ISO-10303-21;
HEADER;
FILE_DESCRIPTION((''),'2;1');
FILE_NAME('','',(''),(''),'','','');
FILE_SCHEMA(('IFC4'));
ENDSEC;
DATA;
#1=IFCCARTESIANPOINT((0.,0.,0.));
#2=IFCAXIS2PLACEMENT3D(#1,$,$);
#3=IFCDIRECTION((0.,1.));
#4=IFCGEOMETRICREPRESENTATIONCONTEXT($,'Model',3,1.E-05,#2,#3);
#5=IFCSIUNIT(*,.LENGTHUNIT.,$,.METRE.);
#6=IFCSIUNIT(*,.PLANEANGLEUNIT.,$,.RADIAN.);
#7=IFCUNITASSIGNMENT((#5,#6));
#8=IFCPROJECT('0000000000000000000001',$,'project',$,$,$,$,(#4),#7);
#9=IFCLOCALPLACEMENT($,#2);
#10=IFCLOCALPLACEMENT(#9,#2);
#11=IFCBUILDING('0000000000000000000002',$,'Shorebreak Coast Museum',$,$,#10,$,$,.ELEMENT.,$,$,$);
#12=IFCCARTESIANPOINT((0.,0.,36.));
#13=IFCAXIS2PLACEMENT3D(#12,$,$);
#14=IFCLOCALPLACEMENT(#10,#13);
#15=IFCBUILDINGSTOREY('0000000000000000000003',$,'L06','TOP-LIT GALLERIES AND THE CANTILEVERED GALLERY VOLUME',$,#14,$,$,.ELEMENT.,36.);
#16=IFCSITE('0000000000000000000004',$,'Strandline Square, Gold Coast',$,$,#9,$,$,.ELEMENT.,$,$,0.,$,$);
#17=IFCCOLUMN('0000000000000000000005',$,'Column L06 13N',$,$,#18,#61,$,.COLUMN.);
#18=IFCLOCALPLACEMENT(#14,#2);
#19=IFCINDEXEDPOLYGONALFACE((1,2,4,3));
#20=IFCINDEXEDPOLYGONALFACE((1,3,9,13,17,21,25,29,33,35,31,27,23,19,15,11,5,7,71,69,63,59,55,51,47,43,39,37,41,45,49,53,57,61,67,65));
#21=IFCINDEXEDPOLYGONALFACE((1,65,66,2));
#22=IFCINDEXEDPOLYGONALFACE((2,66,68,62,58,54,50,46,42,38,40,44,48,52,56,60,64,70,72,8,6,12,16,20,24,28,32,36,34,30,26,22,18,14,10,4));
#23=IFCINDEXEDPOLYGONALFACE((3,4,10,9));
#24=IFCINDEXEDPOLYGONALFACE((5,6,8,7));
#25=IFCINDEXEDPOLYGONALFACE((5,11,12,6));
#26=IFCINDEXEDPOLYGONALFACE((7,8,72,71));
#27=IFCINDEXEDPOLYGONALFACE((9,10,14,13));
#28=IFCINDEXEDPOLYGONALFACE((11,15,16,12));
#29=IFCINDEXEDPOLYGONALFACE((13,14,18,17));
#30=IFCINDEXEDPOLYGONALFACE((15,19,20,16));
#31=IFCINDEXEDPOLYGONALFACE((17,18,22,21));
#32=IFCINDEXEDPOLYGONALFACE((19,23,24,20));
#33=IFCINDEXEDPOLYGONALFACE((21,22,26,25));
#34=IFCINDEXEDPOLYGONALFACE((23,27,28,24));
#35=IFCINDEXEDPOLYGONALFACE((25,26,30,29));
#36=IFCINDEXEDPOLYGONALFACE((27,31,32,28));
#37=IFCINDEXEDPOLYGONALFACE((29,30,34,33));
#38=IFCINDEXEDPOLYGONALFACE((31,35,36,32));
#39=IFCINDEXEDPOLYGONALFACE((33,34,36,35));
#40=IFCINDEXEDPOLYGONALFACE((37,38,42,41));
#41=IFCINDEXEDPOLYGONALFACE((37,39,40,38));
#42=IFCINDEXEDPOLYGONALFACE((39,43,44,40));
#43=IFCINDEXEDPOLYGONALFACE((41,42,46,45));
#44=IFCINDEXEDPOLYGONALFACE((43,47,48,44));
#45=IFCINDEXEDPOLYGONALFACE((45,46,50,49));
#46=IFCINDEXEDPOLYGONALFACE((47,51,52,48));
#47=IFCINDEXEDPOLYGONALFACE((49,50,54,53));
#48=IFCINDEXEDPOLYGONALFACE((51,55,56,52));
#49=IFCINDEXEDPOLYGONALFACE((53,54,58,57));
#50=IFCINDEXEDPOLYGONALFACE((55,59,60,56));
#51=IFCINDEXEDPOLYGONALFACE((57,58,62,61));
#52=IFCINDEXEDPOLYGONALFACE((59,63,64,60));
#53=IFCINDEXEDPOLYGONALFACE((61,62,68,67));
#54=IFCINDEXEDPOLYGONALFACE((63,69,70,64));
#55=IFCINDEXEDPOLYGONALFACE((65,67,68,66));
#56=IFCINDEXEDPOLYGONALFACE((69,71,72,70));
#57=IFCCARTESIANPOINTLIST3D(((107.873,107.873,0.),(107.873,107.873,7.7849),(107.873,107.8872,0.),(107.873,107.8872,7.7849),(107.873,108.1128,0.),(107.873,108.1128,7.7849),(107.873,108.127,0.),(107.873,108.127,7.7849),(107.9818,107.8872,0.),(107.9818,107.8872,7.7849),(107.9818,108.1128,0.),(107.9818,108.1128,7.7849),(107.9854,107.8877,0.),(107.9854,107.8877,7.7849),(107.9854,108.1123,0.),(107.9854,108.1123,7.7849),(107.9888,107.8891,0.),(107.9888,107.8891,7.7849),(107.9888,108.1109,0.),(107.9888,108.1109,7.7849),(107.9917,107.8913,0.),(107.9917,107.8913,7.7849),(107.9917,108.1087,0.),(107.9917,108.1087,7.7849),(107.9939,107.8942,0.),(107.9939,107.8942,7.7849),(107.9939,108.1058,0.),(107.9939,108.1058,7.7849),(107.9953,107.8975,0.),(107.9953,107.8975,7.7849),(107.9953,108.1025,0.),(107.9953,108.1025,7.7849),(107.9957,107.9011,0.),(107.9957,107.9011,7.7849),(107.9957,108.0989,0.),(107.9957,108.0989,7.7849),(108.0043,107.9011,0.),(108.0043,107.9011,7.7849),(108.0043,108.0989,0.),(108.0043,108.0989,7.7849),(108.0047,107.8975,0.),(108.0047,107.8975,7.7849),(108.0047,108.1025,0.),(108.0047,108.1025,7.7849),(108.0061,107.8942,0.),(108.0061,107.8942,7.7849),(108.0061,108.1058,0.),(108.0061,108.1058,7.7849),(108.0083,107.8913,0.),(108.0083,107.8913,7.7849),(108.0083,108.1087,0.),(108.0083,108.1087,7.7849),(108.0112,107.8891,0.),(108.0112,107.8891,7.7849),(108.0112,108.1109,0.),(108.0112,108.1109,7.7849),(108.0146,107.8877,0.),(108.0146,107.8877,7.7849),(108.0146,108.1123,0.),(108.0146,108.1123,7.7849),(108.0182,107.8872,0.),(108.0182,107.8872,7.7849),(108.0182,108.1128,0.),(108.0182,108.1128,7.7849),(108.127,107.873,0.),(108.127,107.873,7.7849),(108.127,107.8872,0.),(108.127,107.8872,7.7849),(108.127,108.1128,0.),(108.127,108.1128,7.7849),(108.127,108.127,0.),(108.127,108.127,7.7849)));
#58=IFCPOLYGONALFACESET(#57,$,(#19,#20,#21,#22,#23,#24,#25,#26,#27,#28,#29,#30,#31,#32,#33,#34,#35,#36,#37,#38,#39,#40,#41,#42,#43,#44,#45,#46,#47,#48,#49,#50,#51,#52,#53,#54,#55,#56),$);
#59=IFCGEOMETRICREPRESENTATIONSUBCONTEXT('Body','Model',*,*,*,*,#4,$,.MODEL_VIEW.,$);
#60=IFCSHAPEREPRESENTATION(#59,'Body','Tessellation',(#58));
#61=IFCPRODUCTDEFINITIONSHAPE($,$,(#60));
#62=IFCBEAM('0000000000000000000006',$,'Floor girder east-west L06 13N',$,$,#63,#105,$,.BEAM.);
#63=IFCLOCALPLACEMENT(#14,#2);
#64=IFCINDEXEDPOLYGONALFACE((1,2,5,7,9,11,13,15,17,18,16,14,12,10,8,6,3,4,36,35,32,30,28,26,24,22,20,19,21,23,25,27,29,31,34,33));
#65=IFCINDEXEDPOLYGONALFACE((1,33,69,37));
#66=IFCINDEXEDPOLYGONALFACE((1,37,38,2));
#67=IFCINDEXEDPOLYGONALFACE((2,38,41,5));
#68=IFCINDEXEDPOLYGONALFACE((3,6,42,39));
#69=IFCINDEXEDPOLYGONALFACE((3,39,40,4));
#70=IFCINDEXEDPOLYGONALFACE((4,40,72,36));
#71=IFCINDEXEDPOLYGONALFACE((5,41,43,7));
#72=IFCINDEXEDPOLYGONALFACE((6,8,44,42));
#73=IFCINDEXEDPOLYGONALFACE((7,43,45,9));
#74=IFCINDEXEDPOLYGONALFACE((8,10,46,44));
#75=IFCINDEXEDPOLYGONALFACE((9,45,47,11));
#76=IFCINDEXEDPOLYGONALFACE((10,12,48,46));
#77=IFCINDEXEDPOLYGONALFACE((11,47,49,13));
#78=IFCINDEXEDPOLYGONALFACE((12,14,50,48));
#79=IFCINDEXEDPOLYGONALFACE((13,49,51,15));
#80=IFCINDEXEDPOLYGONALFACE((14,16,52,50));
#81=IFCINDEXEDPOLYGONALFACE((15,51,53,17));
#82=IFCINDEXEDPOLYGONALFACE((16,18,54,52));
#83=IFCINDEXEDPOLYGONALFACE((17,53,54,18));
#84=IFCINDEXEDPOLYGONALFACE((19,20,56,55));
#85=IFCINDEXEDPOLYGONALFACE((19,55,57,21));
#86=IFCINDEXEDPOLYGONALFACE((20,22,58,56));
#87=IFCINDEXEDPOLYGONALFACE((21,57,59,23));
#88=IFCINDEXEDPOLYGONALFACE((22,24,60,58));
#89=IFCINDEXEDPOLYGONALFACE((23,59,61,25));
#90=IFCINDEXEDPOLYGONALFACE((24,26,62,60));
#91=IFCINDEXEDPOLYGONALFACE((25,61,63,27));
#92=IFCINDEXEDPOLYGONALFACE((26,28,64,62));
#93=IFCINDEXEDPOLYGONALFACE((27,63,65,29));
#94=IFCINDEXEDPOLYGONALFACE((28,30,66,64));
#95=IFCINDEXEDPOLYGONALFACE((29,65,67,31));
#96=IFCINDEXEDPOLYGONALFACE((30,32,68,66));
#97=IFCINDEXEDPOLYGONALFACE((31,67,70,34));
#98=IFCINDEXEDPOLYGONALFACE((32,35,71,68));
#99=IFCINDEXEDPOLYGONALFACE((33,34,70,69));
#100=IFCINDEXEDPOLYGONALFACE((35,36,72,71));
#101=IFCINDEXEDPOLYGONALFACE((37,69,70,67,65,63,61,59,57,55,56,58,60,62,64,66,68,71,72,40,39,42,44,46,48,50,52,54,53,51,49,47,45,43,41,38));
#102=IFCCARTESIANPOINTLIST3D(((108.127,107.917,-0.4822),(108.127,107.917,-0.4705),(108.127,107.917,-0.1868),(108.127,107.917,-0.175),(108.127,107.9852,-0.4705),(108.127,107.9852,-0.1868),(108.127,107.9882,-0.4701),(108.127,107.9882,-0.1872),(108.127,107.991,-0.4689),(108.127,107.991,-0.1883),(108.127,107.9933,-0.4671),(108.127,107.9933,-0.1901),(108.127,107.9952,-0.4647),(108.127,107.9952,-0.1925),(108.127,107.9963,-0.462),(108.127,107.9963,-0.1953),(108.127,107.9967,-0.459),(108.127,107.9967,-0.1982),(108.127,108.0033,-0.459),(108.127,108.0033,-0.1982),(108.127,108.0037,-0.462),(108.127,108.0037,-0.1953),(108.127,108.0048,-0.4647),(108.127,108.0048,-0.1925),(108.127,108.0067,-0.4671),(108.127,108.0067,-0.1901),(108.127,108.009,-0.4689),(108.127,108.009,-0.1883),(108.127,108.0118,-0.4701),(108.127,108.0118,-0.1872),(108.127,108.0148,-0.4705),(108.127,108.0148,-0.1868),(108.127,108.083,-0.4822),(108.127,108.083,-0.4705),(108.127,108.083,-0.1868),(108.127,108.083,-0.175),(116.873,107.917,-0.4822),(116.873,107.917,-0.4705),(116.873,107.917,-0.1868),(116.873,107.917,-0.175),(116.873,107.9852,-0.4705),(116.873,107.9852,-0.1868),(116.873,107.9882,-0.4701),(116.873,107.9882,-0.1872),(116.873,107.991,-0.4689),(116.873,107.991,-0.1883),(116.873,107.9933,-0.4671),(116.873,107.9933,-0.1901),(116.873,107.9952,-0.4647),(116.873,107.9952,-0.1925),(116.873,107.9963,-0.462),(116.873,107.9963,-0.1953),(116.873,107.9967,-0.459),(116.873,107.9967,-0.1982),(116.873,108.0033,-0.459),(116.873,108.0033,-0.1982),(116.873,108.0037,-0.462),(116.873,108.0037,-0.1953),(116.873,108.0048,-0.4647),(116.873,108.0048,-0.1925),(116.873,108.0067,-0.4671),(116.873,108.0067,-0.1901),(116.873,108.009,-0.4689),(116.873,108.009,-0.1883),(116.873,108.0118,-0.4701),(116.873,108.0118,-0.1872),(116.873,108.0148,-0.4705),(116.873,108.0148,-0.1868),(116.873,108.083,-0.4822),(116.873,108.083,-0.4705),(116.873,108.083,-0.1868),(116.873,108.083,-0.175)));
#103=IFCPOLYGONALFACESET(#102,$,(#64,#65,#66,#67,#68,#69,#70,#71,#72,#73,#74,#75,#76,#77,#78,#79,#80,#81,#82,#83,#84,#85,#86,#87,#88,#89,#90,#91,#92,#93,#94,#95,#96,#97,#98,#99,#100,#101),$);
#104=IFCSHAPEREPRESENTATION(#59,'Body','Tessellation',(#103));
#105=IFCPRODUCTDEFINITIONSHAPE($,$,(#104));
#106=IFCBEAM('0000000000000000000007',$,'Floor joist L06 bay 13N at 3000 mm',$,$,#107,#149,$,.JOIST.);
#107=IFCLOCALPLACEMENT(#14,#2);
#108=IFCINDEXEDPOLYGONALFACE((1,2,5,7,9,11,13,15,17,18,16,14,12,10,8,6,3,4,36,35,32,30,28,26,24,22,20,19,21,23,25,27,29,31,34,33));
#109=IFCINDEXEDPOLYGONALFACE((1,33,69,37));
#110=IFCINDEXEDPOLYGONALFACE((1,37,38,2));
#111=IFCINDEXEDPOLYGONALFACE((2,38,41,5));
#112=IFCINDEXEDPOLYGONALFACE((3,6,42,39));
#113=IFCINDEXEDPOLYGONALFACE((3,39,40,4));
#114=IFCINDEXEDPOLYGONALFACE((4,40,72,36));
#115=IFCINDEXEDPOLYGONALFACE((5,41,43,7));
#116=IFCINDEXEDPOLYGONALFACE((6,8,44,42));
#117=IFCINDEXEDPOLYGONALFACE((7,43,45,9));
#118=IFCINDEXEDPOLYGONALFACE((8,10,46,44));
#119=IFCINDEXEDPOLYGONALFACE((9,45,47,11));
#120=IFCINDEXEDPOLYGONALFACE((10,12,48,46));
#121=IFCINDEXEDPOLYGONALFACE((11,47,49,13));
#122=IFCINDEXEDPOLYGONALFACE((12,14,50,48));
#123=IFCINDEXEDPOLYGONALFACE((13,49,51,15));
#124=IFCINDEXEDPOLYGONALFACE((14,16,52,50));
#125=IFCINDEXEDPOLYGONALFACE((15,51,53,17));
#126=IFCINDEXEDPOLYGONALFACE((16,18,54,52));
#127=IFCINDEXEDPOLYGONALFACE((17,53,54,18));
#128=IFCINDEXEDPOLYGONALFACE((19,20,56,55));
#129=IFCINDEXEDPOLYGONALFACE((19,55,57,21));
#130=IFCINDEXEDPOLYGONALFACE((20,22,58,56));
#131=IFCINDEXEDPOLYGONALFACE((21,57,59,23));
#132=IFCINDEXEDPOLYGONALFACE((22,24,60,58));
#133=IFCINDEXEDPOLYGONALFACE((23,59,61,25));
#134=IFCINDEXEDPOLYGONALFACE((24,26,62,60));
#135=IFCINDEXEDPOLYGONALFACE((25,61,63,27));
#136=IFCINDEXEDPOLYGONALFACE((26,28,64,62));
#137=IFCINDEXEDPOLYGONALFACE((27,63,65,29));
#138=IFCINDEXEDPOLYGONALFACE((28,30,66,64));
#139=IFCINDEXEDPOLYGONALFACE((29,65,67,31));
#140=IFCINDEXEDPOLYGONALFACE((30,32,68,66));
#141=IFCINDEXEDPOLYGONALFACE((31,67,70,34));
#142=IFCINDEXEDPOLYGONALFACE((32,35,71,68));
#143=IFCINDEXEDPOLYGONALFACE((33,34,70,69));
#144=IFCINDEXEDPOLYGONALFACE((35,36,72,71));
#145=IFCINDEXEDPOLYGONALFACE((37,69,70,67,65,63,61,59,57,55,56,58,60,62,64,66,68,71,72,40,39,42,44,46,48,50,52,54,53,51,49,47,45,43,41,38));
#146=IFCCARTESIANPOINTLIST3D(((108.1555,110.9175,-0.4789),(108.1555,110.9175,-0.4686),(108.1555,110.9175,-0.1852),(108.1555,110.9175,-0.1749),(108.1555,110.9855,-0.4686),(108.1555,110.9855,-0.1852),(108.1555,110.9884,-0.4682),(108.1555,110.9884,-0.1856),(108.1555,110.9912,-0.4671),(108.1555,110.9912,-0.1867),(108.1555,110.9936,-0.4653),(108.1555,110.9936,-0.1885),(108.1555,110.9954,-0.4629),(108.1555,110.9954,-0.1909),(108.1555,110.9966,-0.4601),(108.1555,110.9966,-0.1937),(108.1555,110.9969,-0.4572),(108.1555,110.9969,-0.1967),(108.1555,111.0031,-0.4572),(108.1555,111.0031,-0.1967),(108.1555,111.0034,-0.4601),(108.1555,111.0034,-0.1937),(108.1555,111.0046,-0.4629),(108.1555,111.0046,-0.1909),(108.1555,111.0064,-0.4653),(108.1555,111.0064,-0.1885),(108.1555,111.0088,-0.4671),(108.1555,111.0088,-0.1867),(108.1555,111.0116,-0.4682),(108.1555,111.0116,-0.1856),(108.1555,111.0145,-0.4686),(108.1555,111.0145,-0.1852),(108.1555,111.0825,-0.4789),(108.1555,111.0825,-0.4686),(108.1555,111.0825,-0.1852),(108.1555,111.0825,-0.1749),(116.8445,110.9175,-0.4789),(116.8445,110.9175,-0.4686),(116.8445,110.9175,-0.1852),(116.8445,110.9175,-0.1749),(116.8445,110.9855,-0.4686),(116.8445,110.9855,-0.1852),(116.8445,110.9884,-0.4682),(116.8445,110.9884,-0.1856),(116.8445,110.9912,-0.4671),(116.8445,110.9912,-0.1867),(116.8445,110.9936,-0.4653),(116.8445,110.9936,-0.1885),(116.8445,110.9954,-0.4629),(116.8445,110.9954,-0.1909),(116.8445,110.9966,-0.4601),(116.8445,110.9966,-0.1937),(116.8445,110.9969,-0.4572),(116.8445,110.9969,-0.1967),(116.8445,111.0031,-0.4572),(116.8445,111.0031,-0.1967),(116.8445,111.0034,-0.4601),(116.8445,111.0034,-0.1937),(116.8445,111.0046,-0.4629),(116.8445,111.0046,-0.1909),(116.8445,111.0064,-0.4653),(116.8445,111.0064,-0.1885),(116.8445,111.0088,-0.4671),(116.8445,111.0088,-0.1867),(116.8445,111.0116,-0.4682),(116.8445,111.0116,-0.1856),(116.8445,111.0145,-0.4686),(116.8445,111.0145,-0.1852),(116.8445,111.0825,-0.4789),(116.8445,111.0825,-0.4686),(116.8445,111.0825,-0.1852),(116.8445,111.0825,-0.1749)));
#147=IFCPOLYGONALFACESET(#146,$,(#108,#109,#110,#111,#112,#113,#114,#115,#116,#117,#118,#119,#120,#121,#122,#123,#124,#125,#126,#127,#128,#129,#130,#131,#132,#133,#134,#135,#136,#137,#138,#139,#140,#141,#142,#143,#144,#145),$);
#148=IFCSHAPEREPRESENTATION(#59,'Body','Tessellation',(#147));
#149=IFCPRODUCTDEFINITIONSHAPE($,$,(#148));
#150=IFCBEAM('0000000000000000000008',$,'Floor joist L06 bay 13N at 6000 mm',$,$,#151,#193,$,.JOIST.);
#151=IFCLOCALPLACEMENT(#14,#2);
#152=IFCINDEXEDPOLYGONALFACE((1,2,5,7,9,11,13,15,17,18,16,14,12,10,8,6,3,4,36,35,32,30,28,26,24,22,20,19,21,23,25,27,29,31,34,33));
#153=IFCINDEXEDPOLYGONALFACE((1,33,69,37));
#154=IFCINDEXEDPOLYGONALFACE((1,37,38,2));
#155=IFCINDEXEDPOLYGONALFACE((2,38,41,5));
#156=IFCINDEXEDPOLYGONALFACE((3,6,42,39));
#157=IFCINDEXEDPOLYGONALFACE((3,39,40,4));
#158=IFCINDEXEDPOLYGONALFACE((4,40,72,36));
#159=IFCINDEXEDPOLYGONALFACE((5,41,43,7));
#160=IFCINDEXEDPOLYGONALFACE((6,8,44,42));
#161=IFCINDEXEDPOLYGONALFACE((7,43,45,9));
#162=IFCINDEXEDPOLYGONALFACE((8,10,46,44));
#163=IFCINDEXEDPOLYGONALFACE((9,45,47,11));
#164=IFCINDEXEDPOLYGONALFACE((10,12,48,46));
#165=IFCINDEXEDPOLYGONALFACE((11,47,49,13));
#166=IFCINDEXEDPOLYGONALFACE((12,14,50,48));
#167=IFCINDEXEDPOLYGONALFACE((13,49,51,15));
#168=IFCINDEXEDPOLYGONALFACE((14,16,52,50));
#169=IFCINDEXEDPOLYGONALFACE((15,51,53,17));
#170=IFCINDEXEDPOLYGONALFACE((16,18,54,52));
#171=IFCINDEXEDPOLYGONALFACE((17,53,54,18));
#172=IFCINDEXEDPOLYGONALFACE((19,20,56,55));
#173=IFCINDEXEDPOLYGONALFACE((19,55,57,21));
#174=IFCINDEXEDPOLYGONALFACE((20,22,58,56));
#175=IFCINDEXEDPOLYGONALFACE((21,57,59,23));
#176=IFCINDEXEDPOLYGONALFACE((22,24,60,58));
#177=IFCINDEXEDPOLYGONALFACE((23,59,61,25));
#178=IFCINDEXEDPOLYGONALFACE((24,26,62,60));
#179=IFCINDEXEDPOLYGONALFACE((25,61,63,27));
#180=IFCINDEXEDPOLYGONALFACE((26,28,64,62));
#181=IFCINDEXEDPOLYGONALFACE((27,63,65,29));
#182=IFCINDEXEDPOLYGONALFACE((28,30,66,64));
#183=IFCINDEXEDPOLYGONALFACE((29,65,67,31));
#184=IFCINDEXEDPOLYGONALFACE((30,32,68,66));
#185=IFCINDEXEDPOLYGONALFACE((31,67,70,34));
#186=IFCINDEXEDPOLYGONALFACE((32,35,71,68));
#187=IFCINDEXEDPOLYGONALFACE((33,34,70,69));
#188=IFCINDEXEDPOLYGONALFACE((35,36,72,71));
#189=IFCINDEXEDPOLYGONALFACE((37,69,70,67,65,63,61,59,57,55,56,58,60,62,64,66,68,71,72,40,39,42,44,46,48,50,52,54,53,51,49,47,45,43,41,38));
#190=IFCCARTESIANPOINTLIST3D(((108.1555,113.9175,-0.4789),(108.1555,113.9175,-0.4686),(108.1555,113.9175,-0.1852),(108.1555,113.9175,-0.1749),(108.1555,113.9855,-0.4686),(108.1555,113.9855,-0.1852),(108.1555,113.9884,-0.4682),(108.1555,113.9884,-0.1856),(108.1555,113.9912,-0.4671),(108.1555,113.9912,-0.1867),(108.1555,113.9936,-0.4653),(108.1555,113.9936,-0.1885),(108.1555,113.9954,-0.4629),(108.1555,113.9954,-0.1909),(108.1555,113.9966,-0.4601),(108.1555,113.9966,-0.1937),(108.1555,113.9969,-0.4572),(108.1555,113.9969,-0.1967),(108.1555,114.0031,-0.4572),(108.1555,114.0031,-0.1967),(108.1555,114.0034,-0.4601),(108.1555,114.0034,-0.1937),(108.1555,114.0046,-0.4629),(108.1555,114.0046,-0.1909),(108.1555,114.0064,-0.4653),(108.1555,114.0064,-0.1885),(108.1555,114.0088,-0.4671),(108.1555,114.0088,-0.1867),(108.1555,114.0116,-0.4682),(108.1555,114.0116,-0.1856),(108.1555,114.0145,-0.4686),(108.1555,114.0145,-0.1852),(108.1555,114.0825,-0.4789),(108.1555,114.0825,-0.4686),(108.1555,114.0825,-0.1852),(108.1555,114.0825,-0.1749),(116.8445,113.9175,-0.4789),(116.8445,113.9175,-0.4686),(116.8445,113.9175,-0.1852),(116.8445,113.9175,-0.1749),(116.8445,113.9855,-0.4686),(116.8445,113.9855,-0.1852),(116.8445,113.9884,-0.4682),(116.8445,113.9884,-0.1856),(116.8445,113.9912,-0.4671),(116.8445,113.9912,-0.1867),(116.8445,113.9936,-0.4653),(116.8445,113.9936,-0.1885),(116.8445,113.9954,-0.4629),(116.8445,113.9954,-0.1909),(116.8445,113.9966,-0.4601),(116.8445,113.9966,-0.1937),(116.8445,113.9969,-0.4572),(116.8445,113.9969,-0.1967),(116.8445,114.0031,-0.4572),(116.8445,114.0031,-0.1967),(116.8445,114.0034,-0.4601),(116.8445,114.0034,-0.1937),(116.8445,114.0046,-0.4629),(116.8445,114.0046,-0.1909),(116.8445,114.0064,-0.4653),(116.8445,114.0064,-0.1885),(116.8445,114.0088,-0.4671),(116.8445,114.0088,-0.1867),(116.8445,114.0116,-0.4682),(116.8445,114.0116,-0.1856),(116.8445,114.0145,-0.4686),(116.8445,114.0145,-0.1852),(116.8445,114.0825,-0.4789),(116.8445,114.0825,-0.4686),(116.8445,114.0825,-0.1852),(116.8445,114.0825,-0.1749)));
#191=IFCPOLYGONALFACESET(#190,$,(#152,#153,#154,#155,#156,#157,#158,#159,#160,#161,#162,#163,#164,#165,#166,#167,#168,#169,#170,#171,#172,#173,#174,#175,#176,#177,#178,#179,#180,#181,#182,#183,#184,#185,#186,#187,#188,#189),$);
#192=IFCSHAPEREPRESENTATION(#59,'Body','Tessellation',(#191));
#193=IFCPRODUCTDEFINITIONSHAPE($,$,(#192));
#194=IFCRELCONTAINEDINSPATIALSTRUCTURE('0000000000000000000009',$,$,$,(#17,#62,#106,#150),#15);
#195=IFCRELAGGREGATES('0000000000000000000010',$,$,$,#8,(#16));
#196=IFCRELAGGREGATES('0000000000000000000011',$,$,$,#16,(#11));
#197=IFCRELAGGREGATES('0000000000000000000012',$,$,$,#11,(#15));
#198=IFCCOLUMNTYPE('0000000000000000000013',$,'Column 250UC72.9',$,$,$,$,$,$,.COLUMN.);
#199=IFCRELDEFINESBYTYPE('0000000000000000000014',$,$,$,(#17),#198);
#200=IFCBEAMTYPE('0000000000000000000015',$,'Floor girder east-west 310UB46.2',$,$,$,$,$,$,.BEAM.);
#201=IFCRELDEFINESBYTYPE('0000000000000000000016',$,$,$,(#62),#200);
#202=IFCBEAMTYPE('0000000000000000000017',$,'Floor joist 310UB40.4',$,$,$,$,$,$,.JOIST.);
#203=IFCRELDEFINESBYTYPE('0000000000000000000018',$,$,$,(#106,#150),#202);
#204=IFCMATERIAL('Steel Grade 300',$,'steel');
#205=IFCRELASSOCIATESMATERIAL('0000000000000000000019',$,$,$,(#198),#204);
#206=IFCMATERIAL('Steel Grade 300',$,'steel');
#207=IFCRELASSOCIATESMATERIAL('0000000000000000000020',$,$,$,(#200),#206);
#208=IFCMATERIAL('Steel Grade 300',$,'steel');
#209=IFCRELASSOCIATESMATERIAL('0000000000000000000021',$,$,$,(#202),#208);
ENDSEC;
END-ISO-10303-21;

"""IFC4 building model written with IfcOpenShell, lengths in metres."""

from ifc_helpers import new_model, si_unit, direction, frame, origin, origin_2d, place, context, subcontext, project, spatial, i_section, extrude, material, material_profile, profile_set, type_object, element, save


model = new_model("IFC4")

# Units and contexts
model_context = context("Model", 3, precision=1e-05, world=origin(), true_north=direction((0.0, 1.0)))
body_context = subcontext(model_context, "Body", "Model", "MODEL_VIEW")
ifc_project = project(units=[si_unit("LENGTHUNIT", "METRE"), si_unit("PLANEANGLEUNIT", "RADIAN")], contexts=[model_context])

# Site, building, storey
site_placement = place(None, origin())
site = spatial("IfcSite", under=ifc_project, at=site_placement, Name="Strandline Square, Gold Coast", CompositionType="ELEMENT", RefElevation=0.0)
building_placement = place(site_placement, origin())
building = spatial("IfcBuilding", under=site, at=building_placement, Name="Shorebreak Coast Museum", CompositionType="ELEMENT")
storey_placement = place(building_placement, frame((0.0, 0.0, 36.0)))
storey = spatial("IfcBuildingStorey", under=building, at=storey_placement, Name="L06", Description="TOP-LIT GALLERIES AND THE CANTILEVERED GALLERY VOLUME", CompositionType="ELEMENT", Elevation=36.0)

# Column
ifc_material_1 = material(Name="Steel Grade 300", Category="steel")
ifc_material_profile_1 = material_profile(ifc_material_1, i_section(OverallWidth=0.2539, OverallDepth=0.2539, WebThickness=0.0085, FlangeThickness=0.0142, FilletRadius=0.0139, at=origin_2d()), Name="250UC72.9")
ifc_profile_set_1 = profile_set([ifc_material_profile_1], Name="Steel Grade 300")
column_type = type_object("IfcColumnType", Name="Column 250UC72.9", PredefinedType="COLUMN", material=ifc_profile_set_1)
column_placement = place(storey_placement, frame((108.0, 108.0, 0.0), z_axis=(0.0, 0.0, 1.0), x_axis=(1.0, 0.0, 0.0)))
element("IfcColumn", 1, at=column_placement, inside=storey, type_object=column_type, Name="Column L06 13N", PredefinedType="COLUMN", context=body_context, shape_type="SweptSolid", body=[
    extrude(i_section(OverallWidth=0.2539, OverallDepth=0.2539, WebThickness=0.0085, FlangeThickness=0.0142, FilletRadius=0.0139, at=origin_2d()), origin(), (0.0, 0.0, 1.0), 7.7849),
])

# Beams
ifc_material_2 = material(Name="Steel Grade 300", Category="steel")
ifc_material_profile_2 = material_profile(ifc_material_2, i_section(OverallWidth=0.166, OverallDepth=0.3071, WebThickness=0.0066, FlangeThickness=0.0117, FilletRadius=0.0115, at=origin_2d()), Name="310UB46.2")
ifc_profile_set_2 = profile_set([ifc_material_profile_2], Name="Steel Grade 300")
beam_type_1 = type_object("IfcBeamType", Name="Floor girder east-west 310UB46.2", PredefinedType="BEAM", material=ifc_profile_set_2)
beam_1_placement = place(storey_placement, frame((108.127, 108.0, -0.3286), z_axis=(1.0, 0.0, 0.0), x_axis=(0.0, 1.0, 0.0)))
element("IfcBeam", 2, at=beam_1_placement, inside=storey, type_object=beam_type_1, Name="Floor girder east-west L06 13N", PredefinedType="BEAM", context=body_context, shape_type="SweptSolid", body=[
    extrude(i_section(OverallWidth=0.166, OverallDepth=0.3071, WebThickness=0.0066, FlangeThickness=0.0117, FilletRadius=0.0115, at=origin_2d()), origin(), (0.0, 0.0, 1.0), 8.7461),
])
ifc_material_3 = material(Name="Steel Grade 300", Category="steel")
ifc_material_profile_3 = material_profile(ifc_material_3, i_section(OverallWidth=0.165, OverallDepth=0.304, WebThickness=0.0061, FlangeThickness=0.0103, FilletRadius=0.0115, at=origin_2d()), Name="310UB40.4")
ifc_profile_set_3 = profile_set([ifc_material_profile_3], Name="Steel Grade 300")
beam_type_2 = type_object("IfcBeamType", Name="Floor joist 310UB40.4", PredefinedType="JOIST", material=ifc_profile_set_3)
for number, where, z_axis, x_axis, name in (
    (3, (108.1555, 111.0, -0.3269), (1.0, 0.0, 0.0), (0.0, 1.0, 0.0), "Floor joist L06 bay 13N at 3000 mm"),
    (4, (108.1555, 114.0, -0.3269), (1.0, 0.0, 0.0), (0.0, 1.0, 0.0), "Floor joist L06 bay 13N at 6000 mm"),
):
    element("IfcBeam", number, at=place(storey_placement, frame(where, z_axis=z_axis, x_axis=x_axis)), inside=storey, type_object=beam_type_2, Name=name, PredefinedType="JOIST", context=body_context, shape_type="SweptSolid", body=[
        extrude(i_section(OverallWidth=0.165, OverallDepth=0.304, WebThickness=0.0061, FlangeThickness=0.0103, FilletRadius=0.0115, at=origin_2d()), origin(), (0.0, 0.0, 1.0), 8.689),
    ])

save(model, "model.ifc")
